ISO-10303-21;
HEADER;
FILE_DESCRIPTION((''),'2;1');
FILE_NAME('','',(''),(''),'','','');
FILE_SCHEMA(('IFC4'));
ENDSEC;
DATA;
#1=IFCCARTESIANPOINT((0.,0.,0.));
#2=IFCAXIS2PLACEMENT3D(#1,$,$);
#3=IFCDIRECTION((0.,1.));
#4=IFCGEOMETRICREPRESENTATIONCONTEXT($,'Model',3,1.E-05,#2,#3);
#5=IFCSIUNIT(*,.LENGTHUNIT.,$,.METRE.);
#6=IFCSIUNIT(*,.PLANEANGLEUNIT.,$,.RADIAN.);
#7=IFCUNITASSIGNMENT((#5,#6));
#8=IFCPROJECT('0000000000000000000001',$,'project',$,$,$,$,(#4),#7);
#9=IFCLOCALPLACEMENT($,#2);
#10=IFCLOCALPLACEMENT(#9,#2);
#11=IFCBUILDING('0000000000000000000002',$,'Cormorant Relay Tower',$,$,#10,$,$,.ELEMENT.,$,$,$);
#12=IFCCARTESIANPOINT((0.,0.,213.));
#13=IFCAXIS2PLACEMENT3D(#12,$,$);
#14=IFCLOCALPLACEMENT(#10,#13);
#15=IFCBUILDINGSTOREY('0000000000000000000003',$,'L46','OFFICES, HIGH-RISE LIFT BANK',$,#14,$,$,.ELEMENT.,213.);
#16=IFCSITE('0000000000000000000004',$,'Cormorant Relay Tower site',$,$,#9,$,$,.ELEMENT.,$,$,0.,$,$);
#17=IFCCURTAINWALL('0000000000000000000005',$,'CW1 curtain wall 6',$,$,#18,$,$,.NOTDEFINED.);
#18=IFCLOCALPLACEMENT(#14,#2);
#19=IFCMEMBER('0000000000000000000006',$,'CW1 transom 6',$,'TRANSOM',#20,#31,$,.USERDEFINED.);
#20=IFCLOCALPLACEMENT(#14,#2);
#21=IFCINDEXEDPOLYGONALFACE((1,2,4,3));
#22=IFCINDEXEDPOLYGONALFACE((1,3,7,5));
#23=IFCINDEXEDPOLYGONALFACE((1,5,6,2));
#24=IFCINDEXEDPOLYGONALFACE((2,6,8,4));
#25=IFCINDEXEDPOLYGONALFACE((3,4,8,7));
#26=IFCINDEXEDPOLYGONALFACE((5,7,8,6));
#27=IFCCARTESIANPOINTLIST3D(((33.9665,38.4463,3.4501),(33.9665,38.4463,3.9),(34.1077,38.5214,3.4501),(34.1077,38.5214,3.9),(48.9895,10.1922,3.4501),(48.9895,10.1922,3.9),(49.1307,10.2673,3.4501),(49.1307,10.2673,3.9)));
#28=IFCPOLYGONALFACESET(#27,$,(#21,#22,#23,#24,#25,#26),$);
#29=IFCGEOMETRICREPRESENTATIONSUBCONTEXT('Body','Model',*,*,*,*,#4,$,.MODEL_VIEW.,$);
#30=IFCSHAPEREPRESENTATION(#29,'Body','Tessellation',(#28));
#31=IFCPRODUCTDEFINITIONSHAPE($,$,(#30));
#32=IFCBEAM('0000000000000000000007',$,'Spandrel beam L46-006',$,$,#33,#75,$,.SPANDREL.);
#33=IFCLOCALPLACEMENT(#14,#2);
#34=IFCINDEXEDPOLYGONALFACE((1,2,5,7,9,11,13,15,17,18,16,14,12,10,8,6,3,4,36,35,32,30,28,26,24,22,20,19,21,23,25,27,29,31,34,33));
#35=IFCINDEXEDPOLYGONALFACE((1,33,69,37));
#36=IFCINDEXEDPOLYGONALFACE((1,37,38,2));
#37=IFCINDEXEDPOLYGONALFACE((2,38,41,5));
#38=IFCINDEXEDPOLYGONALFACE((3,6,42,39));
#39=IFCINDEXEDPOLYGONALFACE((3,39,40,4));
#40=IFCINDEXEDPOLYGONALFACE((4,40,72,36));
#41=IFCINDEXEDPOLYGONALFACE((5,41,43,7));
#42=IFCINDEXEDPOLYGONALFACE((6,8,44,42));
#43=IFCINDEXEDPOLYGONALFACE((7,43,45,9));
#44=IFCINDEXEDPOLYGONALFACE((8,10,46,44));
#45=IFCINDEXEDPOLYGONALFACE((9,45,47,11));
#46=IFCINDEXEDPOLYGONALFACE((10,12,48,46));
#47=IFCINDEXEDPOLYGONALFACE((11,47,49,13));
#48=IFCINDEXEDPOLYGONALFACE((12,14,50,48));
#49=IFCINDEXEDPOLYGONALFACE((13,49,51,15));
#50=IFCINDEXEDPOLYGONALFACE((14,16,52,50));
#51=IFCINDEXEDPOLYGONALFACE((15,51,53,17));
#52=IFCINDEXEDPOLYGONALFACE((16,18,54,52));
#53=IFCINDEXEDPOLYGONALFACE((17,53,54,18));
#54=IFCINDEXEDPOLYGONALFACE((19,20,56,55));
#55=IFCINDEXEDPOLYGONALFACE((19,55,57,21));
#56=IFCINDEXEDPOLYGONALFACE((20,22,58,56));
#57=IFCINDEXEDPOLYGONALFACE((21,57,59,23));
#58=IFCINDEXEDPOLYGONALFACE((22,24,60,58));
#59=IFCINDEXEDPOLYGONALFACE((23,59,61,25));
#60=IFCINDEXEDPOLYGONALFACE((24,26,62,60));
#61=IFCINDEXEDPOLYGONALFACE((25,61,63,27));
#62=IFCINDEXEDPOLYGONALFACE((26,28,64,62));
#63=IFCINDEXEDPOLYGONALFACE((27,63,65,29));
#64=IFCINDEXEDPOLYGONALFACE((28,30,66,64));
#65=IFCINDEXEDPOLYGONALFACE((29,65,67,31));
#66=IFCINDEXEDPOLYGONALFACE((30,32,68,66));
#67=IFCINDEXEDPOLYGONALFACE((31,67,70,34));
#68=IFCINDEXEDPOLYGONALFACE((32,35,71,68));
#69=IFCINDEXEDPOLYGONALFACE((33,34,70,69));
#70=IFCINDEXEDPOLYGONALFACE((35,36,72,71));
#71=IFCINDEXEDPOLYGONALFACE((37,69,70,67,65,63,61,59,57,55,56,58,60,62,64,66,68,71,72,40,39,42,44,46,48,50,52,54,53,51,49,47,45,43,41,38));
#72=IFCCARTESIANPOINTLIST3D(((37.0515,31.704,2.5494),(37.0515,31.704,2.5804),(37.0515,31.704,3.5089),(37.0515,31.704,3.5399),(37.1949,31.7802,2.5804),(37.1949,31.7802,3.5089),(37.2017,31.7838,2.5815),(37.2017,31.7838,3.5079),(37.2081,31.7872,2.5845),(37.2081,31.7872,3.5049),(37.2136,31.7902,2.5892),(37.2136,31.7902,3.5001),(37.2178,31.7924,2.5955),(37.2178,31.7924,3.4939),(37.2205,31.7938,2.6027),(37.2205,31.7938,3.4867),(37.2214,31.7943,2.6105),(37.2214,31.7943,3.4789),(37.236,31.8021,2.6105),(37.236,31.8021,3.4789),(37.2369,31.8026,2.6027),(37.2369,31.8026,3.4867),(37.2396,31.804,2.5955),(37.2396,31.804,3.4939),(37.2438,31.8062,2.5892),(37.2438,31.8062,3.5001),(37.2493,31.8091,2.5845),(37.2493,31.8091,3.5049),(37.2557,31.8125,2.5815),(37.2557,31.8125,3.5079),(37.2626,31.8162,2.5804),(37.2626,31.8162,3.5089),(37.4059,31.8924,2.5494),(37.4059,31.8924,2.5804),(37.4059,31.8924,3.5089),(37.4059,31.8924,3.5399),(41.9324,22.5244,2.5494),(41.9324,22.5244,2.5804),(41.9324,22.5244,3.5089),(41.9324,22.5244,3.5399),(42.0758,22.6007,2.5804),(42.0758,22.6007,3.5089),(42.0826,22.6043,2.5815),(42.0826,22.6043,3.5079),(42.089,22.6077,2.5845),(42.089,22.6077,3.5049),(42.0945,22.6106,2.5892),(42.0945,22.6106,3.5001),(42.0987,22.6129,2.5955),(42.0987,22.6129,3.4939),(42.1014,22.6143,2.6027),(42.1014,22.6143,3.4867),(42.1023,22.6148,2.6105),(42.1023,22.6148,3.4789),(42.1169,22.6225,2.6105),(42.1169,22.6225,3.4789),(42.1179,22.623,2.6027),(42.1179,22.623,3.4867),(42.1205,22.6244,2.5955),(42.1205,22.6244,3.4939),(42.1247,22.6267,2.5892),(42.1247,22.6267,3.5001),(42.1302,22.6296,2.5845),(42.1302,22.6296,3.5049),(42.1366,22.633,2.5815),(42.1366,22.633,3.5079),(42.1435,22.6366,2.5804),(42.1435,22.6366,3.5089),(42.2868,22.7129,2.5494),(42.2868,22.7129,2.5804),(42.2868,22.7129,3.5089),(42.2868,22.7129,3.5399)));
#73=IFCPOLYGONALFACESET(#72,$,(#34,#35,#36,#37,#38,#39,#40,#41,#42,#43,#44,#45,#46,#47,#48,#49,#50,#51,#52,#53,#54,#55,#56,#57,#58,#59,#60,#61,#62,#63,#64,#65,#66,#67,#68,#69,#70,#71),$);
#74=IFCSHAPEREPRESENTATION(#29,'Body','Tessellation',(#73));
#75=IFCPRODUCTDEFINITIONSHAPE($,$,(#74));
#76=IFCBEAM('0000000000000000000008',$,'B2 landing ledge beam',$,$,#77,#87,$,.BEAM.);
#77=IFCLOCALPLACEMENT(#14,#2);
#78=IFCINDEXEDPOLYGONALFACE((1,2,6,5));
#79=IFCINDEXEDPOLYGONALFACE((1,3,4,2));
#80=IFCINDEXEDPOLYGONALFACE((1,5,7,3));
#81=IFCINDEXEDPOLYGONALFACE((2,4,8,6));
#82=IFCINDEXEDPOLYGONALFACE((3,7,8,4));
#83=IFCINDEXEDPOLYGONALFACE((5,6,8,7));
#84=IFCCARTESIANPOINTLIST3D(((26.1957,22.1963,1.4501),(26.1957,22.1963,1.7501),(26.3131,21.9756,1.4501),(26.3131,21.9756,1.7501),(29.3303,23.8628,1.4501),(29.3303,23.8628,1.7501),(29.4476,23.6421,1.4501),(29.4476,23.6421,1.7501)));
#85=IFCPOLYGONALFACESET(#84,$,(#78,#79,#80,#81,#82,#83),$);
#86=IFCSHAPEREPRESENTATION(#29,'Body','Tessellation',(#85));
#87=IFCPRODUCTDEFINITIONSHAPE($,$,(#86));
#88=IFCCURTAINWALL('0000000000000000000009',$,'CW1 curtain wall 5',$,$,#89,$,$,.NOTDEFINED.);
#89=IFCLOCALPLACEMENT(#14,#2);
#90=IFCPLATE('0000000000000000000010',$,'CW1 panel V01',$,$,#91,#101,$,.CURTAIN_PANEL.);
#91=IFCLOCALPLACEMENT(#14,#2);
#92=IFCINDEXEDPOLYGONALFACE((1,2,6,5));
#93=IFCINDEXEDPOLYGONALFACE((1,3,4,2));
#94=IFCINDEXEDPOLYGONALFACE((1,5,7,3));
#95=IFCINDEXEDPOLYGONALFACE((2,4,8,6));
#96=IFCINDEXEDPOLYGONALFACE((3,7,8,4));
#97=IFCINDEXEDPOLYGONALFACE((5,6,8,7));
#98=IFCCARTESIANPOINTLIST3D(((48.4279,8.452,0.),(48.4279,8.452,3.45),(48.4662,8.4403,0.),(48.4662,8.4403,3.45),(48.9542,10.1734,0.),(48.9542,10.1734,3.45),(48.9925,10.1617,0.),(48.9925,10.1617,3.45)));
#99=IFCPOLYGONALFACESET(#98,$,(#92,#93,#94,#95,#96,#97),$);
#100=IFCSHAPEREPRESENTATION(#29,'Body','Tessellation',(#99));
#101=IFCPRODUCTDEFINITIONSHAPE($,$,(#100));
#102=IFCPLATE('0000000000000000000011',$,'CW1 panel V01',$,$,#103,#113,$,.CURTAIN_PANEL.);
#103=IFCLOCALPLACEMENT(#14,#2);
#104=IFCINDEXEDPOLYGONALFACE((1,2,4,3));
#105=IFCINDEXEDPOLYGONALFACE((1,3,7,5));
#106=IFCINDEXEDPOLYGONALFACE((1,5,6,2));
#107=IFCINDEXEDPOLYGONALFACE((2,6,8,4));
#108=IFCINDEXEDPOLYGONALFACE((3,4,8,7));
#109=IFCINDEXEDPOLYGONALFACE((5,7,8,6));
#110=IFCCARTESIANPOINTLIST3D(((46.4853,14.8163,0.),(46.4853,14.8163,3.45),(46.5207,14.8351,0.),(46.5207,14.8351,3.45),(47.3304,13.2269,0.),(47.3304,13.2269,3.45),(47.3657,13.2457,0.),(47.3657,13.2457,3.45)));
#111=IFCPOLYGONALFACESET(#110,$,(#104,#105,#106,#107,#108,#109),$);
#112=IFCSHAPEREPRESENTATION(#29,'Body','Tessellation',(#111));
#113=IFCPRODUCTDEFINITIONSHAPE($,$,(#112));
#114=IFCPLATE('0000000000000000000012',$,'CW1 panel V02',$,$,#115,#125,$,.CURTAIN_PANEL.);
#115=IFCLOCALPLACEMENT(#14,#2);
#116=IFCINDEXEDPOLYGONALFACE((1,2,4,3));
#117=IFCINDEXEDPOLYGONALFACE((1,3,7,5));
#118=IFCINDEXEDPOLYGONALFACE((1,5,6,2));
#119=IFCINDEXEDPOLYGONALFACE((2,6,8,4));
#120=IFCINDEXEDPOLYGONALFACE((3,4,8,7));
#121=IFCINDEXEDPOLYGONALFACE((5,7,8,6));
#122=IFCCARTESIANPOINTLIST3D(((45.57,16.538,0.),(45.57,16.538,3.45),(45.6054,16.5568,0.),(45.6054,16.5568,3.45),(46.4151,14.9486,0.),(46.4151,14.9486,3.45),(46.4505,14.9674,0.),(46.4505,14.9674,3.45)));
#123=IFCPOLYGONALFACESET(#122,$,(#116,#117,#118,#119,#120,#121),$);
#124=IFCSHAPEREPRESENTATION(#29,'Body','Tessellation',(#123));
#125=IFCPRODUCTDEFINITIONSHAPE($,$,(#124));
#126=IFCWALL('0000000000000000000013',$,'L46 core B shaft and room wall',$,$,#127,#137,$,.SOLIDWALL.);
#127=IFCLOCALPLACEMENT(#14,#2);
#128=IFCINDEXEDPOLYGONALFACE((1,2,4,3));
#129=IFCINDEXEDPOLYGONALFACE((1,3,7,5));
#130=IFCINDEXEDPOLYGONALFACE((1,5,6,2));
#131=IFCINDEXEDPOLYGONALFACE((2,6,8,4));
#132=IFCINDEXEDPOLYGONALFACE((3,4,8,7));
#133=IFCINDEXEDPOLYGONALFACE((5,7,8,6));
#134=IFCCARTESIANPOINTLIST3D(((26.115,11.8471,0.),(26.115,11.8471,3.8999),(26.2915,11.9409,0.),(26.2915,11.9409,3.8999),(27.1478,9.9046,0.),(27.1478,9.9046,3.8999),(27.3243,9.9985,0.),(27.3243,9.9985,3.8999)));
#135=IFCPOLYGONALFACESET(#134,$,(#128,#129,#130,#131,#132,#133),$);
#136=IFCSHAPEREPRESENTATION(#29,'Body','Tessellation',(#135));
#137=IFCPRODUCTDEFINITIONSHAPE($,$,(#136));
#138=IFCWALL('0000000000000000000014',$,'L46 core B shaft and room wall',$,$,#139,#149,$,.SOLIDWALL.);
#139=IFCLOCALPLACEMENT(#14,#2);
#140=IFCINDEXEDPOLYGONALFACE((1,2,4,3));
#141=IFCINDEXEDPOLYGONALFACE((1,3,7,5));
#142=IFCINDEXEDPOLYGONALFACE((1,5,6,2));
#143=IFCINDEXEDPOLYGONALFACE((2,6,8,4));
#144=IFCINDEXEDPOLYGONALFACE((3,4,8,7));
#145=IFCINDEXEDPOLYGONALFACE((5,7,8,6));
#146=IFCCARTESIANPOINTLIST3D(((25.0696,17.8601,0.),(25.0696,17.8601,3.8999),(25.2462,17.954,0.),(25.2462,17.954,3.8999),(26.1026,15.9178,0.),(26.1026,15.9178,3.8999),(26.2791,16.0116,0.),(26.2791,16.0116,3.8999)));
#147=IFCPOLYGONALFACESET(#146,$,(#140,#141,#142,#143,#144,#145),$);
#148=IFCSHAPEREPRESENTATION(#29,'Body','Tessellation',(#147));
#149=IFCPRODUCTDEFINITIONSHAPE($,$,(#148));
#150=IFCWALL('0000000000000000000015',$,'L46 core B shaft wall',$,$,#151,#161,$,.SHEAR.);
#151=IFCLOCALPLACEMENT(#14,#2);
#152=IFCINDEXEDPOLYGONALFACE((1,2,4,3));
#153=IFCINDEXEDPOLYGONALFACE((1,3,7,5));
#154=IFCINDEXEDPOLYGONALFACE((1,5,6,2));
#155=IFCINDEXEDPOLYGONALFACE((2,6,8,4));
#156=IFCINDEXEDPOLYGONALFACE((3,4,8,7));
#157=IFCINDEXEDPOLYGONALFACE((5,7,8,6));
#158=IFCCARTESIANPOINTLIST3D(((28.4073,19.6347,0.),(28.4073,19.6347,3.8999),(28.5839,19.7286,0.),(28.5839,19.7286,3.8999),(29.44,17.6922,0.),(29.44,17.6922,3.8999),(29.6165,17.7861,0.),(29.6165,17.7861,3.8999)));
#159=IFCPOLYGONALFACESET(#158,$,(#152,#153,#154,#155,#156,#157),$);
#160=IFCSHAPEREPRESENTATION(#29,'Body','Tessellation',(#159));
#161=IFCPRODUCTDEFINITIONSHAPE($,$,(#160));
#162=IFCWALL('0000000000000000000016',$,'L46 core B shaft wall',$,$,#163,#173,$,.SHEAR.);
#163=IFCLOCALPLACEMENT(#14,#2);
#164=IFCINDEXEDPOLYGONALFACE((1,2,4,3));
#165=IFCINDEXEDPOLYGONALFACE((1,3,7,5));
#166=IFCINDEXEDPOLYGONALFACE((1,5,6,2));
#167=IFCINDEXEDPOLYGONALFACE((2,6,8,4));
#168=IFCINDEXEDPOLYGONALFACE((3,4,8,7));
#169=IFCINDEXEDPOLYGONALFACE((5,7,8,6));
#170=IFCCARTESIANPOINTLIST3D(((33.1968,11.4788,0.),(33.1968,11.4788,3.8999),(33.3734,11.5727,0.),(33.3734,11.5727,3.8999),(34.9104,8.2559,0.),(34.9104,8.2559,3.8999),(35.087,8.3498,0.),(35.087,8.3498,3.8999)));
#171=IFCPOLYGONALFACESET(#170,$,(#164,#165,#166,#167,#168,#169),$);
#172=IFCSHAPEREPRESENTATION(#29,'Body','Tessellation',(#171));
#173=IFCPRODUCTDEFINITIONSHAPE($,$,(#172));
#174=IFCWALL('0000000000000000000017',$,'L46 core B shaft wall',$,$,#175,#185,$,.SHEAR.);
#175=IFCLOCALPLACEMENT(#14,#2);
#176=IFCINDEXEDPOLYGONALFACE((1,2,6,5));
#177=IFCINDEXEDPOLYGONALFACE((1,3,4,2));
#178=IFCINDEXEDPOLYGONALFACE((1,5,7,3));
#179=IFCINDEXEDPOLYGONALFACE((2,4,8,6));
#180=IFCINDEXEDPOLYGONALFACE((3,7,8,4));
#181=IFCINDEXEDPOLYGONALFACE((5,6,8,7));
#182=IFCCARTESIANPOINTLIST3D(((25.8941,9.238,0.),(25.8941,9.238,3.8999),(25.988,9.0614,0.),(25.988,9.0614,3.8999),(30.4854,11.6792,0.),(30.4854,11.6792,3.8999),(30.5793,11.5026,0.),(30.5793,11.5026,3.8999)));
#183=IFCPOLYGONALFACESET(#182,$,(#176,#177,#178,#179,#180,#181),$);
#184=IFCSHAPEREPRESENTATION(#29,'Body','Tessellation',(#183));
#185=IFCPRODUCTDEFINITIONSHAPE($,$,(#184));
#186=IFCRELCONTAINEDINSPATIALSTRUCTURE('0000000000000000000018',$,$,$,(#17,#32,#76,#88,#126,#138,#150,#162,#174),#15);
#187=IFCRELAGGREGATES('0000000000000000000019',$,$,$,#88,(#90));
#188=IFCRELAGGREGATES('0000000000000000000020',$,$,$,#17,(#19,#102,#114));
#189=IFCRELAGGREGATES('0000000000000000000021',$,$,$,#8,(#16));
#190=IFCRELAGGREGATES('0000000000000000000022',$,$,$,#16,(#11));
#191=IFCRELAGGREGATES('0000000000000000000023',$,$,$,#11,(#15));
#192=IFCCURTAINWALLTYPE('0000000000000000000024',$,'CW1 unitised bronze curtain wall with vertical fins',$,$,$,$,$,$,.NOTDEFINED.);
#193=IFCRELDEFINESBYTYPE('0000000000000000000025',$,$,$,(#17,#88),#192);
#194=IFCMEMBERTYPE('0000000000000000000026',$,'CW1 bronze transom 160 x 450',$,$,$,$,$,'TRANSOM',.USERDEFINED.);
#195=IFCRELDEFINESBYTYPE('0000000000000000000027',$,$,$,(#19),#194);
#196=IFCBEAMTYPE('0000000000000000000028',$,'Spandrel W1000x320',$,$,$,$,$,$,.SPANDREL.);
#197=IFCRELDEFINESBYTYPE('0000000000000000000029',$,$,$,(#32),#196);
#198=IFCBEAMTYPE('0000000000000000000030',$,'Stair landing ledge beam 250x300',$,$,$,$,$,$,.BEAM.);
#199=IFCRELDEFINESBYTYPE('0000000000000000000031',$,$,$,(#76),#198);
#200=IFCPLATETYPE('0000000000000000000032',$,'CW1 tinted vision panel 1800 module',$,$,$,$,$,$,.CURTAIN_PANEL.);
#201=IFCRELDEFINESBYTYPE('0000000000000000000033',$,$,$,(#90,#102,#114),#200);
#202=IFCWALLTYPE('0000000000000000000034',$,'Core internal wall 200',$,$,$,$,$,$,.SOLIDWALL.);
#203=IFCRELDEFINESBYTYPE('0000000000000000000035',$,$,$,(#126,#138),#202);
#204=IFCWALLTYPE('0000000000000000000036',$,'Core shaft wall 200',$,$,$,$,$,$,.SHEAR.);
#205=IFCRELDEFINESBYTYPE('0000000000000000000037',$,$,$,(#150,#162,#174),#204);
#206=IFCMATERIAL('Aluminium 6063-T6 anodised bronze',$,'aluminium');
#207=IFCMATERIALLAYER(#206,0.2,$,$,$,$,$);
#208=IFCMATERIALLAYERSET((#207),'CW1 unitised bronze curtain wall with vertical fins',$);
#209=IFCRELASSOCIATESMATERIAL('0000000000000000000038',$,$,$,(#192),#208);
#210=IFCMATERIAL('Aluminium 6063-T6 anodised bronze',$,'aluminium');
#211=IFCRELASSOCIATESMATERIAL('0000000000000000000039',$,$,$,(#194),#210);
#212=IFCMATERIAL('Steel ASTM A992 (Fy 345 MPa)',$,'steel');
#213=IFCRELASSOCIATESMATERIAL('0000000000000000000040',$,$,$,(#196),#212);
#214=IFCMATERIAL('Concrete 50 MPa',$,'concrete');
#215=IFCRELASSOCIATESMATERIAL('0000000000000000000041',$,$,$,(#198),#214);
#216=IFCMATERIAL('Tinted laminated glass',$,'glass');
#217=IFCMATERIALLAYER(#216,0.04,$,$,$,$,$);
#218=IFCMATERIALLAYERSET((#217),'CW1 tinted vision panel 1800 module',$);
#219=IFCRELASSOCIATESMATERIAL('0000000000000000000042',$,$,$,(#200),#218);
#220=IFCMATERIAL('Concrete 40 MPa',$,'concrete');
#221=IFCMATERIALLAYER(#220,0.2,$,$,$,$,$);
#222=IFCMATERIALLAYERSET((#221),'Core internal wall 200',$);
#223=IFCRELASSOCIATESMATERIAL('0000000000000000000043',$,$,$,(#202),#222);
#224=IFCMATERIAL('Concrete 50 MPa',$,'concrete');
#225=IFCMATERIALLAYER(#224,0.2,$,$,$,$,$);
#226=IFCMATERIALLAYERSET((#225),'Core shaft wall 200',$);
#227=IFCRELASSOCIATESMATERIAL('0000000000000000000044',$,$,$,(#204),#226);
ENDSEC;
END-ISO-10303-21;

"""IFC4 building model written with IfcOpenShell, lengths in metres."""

from ifc_helpers import new_model, si_unit, direction, frame, frame_2d, origin, origin_2d, place, context, subcontext, project, spatial, rectangle, i_section, extrude, material, layer, layer_set, material_profile, profile_set, type_object, element, aggregate, save


model = new_model("IFC4")

# Units and contexts
model_context = context("Model", 3, precision=1e-05, world=origin(), true_north=direction((0.0, 1.0)))
body_context = subcontext(model_context, "Body", "Model", "MODEL_VIEW")
ifc_project = project(units=[si_unit("LENGTHUNIT", "METRE"), si_unit("PLANEANGLEUNIT", "RADIAN")], contexts=[model_context])

# Site, building, storey
site_placement = place(None, origin())
site = spatial("IfcSite", under=ifc_project, at=site_placement, Name="Cormorant Relay Tower site", CompositionType="ELEMENT", RefElevation=0.0)
building_placement = place(site_placement, origin())
building = spatial("IfcBuilding", under=site, at=building_placement, Name="Cormorant Relay Tower", CompositionType="ELEMENT")
storey_placement = place(building_placement, frame((0.0, 0.0, 213.0)))
storey = spatial("IfcBuildingStorey", under=building, at=storey_placement, Name="L46", Description="OFFICES, HIGH-RISE LIFT BANK", CompositionType="ELEMENT", Elevation=213.0)

# Curtain wall, member
ifc_material_1 = material(Name="Aluminium 6063-T6 anodised bronze", Category="aluminium")
ifc_layer_1 = layer(ifc_material_1, 0.2)
ifc_layer_set_1 = layer_set([ifc_layer_1], Name="CW1 unitised bronze curtain wall with vertical fins")
curtain_wall_type = type_object("IfcCurtainWallType", Name="CW1 unitised bronze curtain wall with vertical fins", PredefinedType="NOTDEFINED", material=ifc_layer_set_1)
curtain_wall_1_placement = place(storey_placement, origin())
curtain_wall_1 = element("IfcCurtainWall", 1, at=curtain_wall_1_placement, inside=storey, type_object=curtain_wall_type, Name="CW1 curtain wall 6", PredefinedType="NOTDEFINED")
ifc_material_2 = material(Name="Aluminium 6063-T6 anodised bronze", Category="aluminium")
ifc_material_profile_1 = material_profile(ifc_material_2, rectangle(XDim=0.1599, YDim=0.45, at=origin_2d()), Name="AL 160x450")
ifc_profile_set_1 = profile_set([ifc_material_profile_1], Name="Aluminium 6063-T6 anodised bronze")
member_type_1 = type_object("IfcMemberType", Name="CW1 bronze transom 160 x 450", ElementType="TRANSOM", PredefinedType="USERDEFINED", material=ifc_profile_set_1)
member_1_placement = place(storey_placement, frame((49.0601, 10.2297, 3.675), z_axis=(-0.46947, 0.882948, 0.0), x_axis=(-0.882948, -0.46947, 0.0)))
member_1 = element("IfcMember", 2, at=member_1_placement, type_object=member_type_1, Name="CW1 transom 6", ObjectType="TRANSOM", PredefinedType="USERDEFINED", context=body_context, shape_type="SweptSolid", body=[
    extrude(rectangle(XDim=0.1599, YDim=0.45, at=origin_2d()), origin(), (0.0, 0.0, 1.0), 31.9998),
])

# Beams
ifc_material_3 = material(Name="Steel ASTM A992 (Fy 345 MPa)", Category="steel")
ifc_material_profile_2 = material_profile(ifc_material_3, i_section(OverallWidth=0.4014, OverallDepth=0.9905, WebThickness=0.0166, FlangeThickness=0.031, FilletRadius=0.03, at=origin_2d()), Name="W1000x320")
ifc_profile_set_2 = profile_set([ifc_material_profile_2], Name="Steel ASTM A992 (Fy 345 MPa)")
beam_type_1 = type_object("IfcBeamType", Name="Spandrel W1000x320", PredefinedType="SPANDREL", material=ifc_profile_set_2)
beam_1_placement = place(storey_placement, frame((42.1096, 22.6187, 3.0447), z_axis=(-0.469476, 0.882945, 0.0), x_axis=(-0.882945, -0.469476, 0.0)))
element("IfcBeam", 3, at=beam_1_placement, inside=storey, type_object=beam_type_1, Name="Spandrel beam L46-006", PredefinedType="SPANDREL", context=body_context, shape_type="SweptSolid", body=[
    extrude(i_section(OverallWidth=0.4014, OverallDepth=0.9905, WebThickness=0.0166, FlangeThickness=0.031, FilletRadius=0.03, at=origin_2d()), origin(), (0.0, 0.0, 1.0), 10.3965),
])
ifc_material_4 = material(Name="Concrete 50 MPa", Category="concrete")
ifc_material_profile_3 = material_profile(ifc_material_4, rectangle(XDim=0.25, YDim=0.3, at=origin_2d()), Name="RC 250x300")
ifc_profile_set_3 = profile_set([ifc_material_profile_3], Name="Concrete 50 MPa")
beam_type_2 = type_object("IfcBeamType", Name="Stair landing ledge beam 250x300", PredefinedType="BEAM", material=ifc_profile_set_3)
beam_2_placement = place(storey_placement, frame((26.2544, 22.0859, 1.6001), z_axis=(0.882965, 0.469438, 0.0), x_axis=(-0.469438, 0.882965, 0.0)))
element("IfcBeam", 4, at=beam_2_placement, inside=storey, type_object=beam_type_2, Name="B2 landing ledge beam", PredefinedType="BEAM", context=body_context, shape_type="SweptSolid", body=[
    extrude(rectangle(XDim=0.25, YDim=0.3, at=origin_2d()), origin(), (0.0, 0.0, 1.0), 3.55),
])

# Curtain wall, plate
curtain_wall_2_placement = place(storey_placement, origin())
curtain_wall_2 = element("IfcCurtainWall", 5, at=curtain_wall_2_placement, inside=storey, type_object=curtain_wall_type, Name="CW1 curtain wall 5", PredefinedType="NOTDEFINED")
ifc_material_5 = material(Name="Tinted laminated glass", Category="glass")
ifc_layer_2 = layer(ifc_material_5, 0.04)
ifc_layer_set_2 = layer_set([ifc_layer_2], Name="CW1 tinted vision panel 1800 module")
plate_type = type_object("IfcPlateType", Name="CW1 tinted vision panel 1800 module", PredefinedType="CURTAIN_PANEL", material=ifc_layer_set_2)
plate_1_placement = place(storey_placement, frame((48.7102, 9.3069, 0.0), z_axis=(0.0, 0.0, 1.0), x_axis=(0.292372, 0.956305, 0.0)))
plate_1 = element("IfcPlate", 6, at=plate_1_placement, type_object=plate_type, Name="CW1 panel V01", PredefinedType="CURTAIN_PANEL", context=body_context, shape_type="SweptSolid", body=[
    extrude(rectangle(XDim=1.8, YDim=0.04, at=origin_2d()), origin(), (0.0, 0.0, 1.0), 3.45),
])
aggregate(curtain_wall_2, [plate_1])

# Plates
plate_2_placement = place(storey_placement, frame((46.9255, 14.031, 0.0), z_axis=(0.0, 0.0, 1.0), x_axis=(-0.469472, 0.882948, 0.0)))
plate_2 = element("IfcPlate", 7, at=plate_2_placement, type_object=plate_type, Name="CW1 panel V01", PredefinedType="CURTAIN_PANEL", context=body_context, shape_type="SweptSolid", body=[
    extrude(rectangle(XDim=1.8, YDim=0.04, at=origin_2d()), origin(), (0.0, 0.0, 1.0), 3.45),
])
plate_3_placement = place(storey_placement, frame((46.0103, 15.7527, 0.0), z_axis=(0.0, 0.0, 1.0), x_axis=(-0.469472, 0.882948, 0.0)))
plate_3 = element("IfcPlate", 8, at=plate_3_placement, type_object=plate_type, Name="CW1 panel V02", PredefinedType="CURTAIN_PANEL", context=body_context, shape_type="SweptSolid", body=[
    extrude(rectangle(XDim=1.8, YDim=0.04, at=origin_2d()), origin(), (0.0, 0.0, 1.0), 3.45),
])

# Walls
ifc_material_6 = material(Name="Concrete 40 MPa", Category="concrete")
ifc_layer_3 = layer(ifc_material_6, 0.2)
ifc_layer_set_3 = layer_set([ifc_layer_3], Name="Core internal wall 200")
wall_type_1 = type_object("IfcWallType", Name="Core internal wall 200", PredefinedType="SOLIDWALL", material=ifc_layer_set_3)
for number, where, z_axis, x_axis, name in (
    (9, (27.2361, 9.9514, 0.0), (0.0, 0.0, 1.0), (-0.469447, 0.88296, 0.0), "L46 core B shaft and room wall"),
    (10, (26.1909, 15.9646, 0.0), (0.0, 0.0, 1.0), (-0.469534, 0.882914, 0.0), "L46 core B shaft and room wall"),
):
    element("IfcWall", number, at=place(storey_placement, frame(where, z_axis=z_axis, x_axis=x_axis)), inside=storey, type_object=wall_type_1, Name=name, PredefinedType="SOLIDWALL", context=body_context, shape_type="SweptSolid", body=[
        extrude(rectangle(XDim=2.2, YDim=0.2, at=frame_2d((1.1001, 0.0))), origin(), (0.0, 0.0, 1.0), 3.8999),
    ])
ifc_material_7 = material(Name="Concrete 50 MPa", Category="concrete")
ifc_layer_4 = layer(ifc_material_7, 0.2)
ifc_layer_set_4 = layer_set([ifc_layer_4], Name="Core shaft wall 200")
wall_type_2 = type_object("IfcWallType", Name="Core shaft wall 200", PredefinedType="SHEAR", material=ifc_layer_set_4)
wall_1_placement = place(storey_placement, frame((29.5283, 17.739, 0.0), z_axis=(0.0, 0.0, 1.0), x_axis=(-0.469401, 0.882985, 0.0)))
element("IfcWall", 11, at=wall_1_placement, inside=storey, type_object=wall_type_2, Name="L46 core B shaft wall", PredefinedType="SHEAR", context=body_context, shape_type="SweptSolid", body=[
    extrude(rectangle(XDim=2.2, YDim=0.2, at=frame_2d((1.1001, 0.0))), origin(), (0.0, 0.0, 1.0), 3.8999),
])
wall_2_placement = place(storey_placement, frame((34.9988, 8.3027, 0.0), z_axis=(0.0, 0.0, 1.0), x_axis=(-0.469467, 0.88295, 0.0)))
element("IfcWall", 12, at=wall_2_placement, inside=storey, type_object=wall_type_2, Name="L46 core B shaft wall", PredefinedType="SHEAR", context=body_context, shape_type="SweptSolid", body=[
    extrude(rectangle(XDim=3.6501, YDim=0.2, at=frame_2d((1.8252, 0.0))), origin(), (0.0, 0.0, 1.0), 3.8999),
])

# Wall
wall_3_placement = place(storey_placement, frame((25.9409, 9.1497, 0.0), z_axis=(0.0, 0.0, 1.0), x_axis=(0.882954, 0.46946, 0.0)))
element("IfcWall", 13, at=wall_3_placement, inside=storey, type_object=wall_type_2, Name="L46 core B shaft wall", PredefinedType="SHEAR", context=body_context, shape_type="SweptSolid", body=[
    extrude(rectangle(XDim=5.2, YDim=0.2, at=frame_2d((2.6001, 0.0))), origin(), (0.0, 0.0, 1.0), 3.8999),
])

aggregate(curtain_wall_1, [member_1, plate_2, plate_3])

save(model, "model.ifc")
